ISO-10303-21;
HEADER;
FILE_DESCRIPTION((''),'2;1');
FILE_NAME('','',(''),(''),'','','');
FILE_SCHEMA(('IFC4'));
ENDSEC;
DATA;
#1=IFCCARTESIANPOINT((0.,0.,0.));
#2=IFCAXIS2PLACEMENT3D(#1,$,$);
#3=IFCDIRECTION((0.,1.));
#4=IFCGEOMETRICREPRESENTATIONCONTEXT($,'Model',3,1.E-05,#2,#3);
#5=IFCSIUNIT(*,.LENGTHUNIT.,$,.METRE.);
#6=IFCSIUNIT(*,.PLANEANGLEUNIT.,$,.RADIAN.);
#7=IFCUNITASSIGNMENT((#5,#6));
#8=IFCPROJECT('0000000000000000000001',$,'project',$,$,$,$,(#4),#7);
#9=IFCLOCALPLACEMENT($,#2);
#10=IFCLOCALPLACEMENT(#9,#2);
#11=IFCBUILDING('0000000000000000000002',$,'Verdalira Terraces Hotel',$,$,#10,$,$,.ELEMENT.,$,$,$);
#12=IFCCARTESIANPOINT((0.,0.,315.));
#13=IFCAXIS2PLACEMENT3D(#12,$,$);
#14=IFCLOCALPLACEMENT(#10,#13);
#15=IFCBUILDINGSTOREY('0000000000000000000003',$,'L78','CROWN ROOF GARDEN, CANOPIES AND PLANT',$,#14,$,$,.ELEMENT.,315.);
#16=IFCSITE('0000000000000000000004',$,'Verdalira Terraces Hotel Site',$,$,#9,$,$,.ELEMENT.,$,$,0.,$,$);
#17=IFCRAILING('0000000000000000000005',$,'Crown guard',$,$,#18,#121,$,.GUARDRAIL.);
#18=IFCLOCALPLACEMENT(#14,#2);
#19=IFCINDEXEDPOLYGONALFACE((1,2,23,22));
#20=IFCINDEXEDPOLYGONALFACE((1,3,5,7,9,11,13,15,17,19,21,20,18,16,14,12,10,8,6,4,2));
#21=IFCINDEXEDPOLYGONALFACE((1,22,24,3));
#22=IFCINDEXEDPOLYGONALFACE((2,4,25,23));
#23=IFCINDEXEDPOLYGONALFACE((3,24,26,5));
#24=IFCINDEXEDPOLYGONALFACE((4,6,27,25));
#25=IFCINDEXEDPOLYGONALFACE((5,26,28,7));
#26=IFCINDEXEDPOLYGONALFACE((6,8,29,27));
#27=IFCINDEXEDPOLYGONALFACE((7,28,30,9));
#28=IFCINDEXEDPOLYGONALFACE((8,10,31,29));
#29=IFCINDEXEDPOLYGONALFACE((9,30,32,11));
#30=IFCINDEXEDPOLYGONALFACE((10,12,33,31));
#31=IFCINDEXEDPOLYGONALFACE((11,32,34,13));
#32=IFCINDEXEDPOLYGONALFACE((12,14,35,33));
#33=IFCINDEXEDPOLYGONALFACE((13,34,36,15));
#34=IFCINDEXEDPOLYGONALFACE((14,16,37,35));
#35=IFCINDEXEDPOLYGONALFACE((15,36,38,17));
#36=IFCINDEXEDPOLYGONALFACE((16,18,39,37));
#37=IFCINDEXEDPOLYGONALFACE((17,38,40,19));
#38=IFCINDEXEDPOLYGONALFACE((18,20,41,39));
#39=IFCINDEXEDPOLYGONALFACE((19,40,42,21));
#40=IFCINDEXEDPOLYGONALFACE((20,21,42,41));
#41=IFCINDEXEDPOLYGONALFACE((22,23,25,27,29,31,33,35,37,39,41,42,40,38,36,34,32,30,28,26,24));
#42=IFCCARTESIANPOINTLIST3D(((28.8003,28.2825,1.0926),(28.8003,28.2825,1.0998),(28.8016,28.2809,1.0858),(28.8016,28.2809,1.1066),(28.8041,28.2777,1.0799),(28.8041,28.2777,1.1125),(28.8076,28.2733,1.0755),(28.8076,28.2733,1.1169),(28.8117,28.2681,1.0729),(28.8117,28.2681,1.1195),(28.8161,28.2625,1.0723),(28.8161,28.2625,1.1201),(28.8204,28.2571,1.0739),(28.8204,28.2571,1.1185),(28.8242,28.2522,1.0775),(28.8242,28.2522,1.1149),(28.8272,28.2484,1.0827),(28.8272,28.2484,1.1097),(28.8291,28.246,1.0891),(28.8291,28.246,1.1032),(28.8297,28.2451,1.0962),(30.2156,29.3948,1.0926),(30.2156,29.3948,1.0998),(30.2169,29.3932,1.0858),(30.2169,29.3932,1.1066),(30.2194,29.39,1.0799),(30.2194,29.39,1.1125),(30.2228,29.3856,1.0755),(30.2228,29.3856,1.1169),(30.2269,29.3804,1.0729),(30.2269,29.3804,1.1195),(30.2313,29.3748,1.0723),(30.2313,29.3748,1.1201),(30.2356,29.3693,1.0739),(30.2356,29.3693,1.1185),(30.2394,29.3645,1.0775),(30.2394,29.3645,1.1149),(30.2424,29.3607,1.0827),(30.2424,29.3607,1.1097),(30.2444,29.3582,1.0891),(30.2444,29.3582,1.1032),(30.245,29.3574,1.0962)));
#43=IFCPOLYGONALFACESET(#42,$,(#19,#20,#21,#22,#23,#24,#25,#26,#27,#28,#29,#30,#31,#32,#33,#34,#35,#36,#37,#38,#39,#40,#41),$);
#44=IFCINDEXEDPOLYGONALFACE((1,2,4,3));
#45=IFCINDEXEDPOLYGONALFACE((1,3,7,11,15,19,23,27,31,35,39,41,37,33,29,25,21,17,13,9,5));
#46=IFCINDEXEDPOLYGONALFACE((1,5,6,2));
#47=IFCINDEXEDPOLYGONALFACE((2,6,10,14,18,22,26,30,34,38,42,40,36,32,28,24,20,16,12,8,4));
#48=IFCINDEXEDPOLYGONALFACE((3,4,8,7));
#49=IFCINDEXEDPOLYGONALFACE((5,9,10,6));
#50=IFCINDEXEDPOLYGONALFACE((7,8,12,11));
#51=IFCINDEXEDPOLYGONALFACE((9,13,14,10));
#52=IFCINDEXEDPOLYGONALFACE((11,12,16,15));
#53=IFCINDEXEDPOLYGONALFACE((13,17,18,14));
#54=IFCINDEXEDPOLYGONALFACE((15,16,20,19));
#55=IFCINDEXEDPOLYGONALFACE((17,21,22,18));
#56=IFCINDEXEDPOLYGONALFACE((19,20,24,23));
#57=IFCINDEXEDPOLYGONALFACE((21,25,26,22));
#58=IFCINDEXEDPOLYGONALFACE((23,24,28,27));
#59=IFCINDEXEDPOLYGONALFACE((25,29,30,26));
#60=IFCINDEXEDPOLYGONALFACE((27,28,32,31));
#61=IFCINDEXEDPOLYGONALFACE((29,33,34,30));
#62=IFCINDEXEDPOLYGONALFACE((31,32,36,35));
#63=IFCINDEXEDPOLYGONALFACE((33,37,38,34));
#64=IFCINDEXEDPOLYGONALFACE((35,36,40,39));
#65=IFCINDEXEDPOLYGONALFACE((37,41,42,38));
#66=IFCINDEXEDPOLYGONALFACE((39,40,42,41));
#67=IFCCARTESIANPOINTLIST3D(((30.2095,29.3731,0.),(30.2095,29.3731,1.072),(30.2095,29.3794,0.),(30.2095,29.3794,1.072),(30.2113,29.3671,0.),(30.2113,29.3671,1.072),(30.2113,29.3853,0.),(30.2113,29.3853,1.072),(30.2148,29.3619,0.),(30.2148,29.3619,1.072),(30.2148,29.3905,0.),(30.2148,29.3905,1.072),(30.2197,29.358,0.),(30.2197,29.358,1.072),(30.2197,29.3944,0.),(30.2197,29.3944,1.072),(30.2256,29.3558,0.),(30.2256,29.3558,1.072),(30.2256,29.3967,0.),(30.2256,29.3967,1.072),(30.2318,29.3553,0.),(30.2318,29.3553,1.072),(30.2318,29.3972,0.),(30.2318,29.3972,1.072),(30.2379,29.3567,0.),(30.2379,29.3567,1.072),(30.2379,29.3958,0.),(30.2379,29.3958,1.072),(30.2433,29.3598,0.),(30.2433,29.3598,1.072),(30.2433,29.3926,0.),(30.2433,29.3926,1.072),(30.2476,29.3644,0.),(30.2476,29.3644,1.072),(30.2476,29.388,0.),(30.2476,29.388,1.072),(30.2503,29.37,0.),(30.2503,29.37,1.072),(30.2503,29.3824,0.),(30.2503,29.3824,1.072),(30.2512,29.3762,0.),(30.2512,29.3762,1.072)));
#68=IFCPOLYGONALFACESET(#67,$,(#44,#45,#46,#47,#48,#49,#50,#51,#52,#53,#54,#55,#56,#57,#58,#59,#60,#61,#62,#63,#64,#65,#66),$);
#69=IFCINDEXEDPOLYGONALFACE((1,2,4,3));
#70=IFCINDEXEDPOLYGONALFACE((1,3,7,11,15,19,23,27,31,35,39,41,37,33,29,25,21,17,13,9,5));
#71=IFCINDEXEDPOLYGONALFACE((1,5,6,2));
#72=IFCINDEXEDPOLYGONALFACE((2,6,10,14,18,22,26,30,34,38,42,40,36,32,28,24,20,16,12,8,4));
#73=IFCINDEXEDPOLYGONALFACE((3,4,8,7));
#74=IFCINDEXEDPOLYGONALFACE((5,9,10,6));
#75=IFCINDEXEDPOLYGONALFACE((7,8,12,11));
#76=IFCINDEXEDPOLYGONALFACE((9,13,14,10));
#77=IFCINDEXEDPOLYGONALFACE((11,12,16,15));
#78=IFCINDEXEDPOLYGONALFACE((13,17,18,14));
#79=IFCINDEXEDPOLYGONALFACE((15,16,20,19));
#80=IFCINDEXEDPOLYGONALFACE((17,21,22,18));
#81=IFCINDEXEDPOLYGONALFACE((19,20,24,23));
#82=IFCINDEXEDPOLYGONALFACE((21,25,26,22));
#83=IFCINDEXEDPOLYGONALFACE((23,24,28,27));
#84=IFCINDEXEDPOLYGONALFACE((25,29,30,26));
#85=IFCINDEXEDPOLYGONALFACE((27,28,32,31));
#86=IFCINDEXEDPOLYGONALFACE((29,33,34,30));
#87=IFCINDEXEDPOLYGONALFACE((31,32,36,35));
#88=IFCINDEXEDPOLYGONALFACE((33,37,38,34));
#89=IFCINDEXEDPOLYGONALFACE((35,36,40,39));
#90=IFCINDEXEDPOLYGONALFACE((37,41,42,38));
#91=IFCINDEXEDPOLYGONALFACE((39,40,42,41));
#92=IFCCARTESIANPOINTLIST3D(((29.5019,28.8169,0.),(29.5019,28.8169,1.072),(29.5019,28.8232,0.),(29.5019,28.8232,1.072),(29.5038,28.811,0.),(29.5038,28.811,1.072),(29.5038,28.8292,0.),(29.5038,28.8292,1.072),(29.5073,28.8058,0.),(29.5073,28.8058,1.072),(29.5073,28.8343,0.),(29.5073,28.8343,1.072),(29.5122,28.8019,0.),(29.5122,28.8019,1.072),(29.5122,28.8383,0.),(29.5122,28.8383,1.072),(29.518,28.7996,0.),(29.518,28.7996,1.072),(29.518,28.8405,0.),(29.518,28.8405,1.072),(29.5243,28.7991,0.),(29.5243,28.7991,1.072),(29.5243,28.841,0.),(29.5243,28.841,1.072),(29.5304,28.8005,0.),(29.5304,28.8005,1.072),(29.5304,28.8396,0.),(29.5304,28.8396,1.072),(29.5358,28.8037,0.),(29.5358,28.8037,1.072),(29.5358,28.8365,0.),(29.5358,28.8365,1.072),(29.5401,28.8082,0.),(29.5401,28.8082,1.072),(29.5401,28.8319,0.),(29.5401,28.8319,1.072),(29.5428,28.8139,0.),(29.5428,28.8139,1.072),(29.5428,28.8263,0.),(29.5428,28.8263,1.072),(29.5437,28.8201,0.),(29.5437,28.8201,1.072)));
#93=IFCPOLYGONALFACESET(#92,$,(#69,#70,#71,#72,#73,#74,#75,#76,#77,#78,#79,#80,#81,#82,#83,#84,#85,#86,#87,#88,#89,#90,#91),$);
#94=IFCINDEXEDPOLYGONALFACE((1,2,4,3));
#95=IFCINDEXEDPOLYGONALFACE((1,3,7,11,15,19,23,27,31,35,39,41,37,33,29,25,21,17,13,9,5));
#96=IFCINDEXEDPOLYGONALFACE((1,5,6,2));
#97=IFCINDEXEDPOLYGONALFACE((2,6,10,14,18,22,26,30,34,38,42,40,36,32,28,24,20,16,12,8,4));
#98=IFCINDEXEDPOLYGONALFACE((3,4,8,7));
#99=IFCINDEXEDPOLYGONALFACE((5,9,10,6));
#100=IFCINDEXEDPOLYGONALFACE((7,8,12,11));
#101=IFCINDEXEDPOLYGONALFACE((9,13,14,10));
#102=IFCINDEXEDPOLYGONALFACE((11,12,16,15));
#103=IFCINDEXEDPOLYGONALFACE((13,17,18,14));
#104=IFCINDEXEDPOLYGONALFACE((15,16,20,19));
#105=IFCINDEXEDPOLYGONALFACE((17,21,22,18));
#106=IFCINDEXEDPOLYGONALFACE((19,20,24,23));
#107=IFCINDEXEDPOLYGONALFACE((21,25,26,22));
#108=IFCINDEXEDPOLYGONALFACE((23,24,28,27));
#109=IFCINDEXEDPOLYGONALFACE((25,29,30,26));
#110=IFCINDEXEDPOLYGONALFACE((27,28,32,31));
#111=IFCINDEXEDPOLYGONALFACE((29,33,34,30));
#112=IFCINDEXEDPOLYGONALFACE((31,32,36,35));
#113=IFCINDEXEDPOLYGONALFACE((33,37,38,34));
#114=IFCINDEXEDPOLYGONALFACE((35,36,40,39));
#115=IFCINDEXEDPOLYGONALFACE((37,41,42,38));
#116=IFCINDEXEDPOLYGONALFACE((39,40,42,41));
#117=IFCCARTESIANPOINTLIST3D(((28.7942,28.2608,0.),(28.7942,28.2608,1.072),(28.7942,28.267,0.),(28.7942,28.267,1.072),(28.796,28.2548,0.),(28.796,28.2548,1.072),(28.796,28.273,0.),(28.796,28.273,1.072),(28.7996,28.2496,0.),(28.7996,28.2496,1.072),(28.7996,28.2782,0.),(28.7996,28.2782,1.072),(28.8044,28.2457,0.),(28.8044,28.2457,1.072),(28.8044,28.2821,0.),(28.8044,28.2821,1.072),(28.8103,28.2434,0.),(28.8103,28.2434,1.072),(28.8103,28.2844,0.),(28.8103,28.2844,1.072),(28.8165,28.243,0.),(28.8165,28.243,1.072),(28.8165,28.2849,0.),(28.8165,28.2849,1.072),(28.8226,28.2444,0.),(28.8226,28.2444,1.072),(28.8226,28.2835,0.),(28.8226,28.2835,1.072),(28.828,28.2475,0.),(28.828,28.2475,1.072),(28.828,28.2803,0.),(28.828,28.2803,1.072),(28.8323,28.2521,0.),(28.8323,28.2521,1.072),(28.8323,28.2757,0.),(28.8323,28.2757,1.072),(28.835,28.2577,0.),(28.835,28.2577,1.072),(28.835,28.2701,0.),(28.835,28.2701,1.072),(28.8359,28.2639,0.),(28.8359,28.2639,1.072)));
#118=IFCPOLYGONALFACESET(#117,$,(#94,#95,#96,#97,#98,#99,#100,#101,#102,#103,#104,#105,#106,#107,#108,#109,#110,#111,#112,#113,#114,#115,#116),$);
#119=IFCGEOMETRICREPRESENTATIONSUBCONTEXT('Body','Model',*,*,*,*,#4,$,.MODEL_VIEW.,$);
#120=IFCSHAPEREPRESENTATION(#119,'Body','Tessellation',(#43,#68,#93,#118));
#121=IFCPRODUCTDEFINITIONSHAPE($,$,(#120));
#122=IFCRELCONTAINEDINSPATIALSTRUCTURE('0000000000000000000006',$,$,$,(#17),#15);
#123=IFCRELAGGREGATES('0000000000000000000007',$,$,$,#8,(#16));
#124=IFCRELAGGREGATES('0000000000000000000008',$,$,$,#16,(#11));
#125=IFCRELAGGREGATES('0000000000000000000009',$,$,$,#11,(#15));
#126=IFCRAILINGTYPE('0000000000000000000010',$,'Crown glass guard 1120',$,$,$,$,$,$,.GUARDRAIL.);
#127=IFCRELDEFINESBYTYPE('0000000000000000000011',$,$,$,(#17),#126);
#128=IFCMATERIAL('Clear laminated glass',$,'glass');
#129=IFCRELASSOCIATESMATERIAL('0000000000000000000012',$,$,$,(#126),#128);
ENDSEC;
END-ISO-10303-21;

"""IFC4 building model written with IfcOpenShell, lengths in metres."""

from ifc_helpers import new_model, si_unit, direction, frame, origin, origin_2d, place, context, subcontext, project, spatial, circle, extrude, material, type_object, element, save


model = new_model("IFC4")

# Units and contexts
model_context = context("Model", 3, precision=1e-05, world=origin(), true_north=direction((0.0, 1.0)))
body_context = subcontext(model_context, "Body", "Model", "MODEL_VIEW")
ifc_project = project(units=[si_unit("LENGTHUNIT", "METRE"), si_unit("PLANEANGLEUNIT", "RADIAN")], contexts=[model_context])

# Site, building, storey
site_placement = place(None, origin())
site = spatial("IfcSite", under=ifc_project, at=site_placement, Name="Verdalira Terraces Hotel Site", CompositionType="ELEMENT", RefElevation=0.0)
building_placement = place(site_placement, origin())
building = spatial("IfcBuilding", under=site, at=building_placement, Name="Verdalira Terraces Hotel", CompositionType="ELEMENT")
storey_placement = place(building_placement, frame((0.0, 0.0, 315.0)))
storey = spatial("IfcBuildingStorey", under=building, at=storey_placement, Name="L78", Description="CROWN ROOF GARDEN, CANOPIES AND PLANT", CompositionType="ELEMENT", Elevation=315.0)

# Railing
ifc_material_1 = material(Name="Clear laminated glass", Category="glass")
railing_type = type_object("IfcRailingType", Name="Crown glass guard 1120", PredefinedType="GUARDRAIL", material=ifc_material_1)
railing_1_placement = place(storey_placement, frame((30.2302, 29.3762, 0.0)))
element("IfcRailing", 1, at=railing_1_placement, inside=storey, type_object=railing_type, Name="Crown guard", PredefinedType="GUARDRAIL", context=body_context, shape_type="SweptSolid", body=[
    extrude(circle(Radius=0.0239, at=origin_2d()), frame((0.0, 0.0, 1.0962), z_axis=(-0.786238, -0.617923, 0.0), x_axis=(0.617923, -0.786238, 0.0)), (0.0, 0.0, 1.0), 1.8),
    extrude(circle(Radius=0.021, at=origin_2d()), origin(), (0.0, 0.0, 1.0), 1.072),
    extrude(circle(Radius=0.021, at=origin_2d()), frame((-0.7075, -0.5562, 0.0)), (0.0, 0.0, 1.0), 1.072),
    extrude(circle(Radius=0.021, at=origin_2d()), frame((-1.4153, -1.1123, 0.0)), (0.0, 0.0, 1.0), 1.072),
])

save(model, "model.ifc")
